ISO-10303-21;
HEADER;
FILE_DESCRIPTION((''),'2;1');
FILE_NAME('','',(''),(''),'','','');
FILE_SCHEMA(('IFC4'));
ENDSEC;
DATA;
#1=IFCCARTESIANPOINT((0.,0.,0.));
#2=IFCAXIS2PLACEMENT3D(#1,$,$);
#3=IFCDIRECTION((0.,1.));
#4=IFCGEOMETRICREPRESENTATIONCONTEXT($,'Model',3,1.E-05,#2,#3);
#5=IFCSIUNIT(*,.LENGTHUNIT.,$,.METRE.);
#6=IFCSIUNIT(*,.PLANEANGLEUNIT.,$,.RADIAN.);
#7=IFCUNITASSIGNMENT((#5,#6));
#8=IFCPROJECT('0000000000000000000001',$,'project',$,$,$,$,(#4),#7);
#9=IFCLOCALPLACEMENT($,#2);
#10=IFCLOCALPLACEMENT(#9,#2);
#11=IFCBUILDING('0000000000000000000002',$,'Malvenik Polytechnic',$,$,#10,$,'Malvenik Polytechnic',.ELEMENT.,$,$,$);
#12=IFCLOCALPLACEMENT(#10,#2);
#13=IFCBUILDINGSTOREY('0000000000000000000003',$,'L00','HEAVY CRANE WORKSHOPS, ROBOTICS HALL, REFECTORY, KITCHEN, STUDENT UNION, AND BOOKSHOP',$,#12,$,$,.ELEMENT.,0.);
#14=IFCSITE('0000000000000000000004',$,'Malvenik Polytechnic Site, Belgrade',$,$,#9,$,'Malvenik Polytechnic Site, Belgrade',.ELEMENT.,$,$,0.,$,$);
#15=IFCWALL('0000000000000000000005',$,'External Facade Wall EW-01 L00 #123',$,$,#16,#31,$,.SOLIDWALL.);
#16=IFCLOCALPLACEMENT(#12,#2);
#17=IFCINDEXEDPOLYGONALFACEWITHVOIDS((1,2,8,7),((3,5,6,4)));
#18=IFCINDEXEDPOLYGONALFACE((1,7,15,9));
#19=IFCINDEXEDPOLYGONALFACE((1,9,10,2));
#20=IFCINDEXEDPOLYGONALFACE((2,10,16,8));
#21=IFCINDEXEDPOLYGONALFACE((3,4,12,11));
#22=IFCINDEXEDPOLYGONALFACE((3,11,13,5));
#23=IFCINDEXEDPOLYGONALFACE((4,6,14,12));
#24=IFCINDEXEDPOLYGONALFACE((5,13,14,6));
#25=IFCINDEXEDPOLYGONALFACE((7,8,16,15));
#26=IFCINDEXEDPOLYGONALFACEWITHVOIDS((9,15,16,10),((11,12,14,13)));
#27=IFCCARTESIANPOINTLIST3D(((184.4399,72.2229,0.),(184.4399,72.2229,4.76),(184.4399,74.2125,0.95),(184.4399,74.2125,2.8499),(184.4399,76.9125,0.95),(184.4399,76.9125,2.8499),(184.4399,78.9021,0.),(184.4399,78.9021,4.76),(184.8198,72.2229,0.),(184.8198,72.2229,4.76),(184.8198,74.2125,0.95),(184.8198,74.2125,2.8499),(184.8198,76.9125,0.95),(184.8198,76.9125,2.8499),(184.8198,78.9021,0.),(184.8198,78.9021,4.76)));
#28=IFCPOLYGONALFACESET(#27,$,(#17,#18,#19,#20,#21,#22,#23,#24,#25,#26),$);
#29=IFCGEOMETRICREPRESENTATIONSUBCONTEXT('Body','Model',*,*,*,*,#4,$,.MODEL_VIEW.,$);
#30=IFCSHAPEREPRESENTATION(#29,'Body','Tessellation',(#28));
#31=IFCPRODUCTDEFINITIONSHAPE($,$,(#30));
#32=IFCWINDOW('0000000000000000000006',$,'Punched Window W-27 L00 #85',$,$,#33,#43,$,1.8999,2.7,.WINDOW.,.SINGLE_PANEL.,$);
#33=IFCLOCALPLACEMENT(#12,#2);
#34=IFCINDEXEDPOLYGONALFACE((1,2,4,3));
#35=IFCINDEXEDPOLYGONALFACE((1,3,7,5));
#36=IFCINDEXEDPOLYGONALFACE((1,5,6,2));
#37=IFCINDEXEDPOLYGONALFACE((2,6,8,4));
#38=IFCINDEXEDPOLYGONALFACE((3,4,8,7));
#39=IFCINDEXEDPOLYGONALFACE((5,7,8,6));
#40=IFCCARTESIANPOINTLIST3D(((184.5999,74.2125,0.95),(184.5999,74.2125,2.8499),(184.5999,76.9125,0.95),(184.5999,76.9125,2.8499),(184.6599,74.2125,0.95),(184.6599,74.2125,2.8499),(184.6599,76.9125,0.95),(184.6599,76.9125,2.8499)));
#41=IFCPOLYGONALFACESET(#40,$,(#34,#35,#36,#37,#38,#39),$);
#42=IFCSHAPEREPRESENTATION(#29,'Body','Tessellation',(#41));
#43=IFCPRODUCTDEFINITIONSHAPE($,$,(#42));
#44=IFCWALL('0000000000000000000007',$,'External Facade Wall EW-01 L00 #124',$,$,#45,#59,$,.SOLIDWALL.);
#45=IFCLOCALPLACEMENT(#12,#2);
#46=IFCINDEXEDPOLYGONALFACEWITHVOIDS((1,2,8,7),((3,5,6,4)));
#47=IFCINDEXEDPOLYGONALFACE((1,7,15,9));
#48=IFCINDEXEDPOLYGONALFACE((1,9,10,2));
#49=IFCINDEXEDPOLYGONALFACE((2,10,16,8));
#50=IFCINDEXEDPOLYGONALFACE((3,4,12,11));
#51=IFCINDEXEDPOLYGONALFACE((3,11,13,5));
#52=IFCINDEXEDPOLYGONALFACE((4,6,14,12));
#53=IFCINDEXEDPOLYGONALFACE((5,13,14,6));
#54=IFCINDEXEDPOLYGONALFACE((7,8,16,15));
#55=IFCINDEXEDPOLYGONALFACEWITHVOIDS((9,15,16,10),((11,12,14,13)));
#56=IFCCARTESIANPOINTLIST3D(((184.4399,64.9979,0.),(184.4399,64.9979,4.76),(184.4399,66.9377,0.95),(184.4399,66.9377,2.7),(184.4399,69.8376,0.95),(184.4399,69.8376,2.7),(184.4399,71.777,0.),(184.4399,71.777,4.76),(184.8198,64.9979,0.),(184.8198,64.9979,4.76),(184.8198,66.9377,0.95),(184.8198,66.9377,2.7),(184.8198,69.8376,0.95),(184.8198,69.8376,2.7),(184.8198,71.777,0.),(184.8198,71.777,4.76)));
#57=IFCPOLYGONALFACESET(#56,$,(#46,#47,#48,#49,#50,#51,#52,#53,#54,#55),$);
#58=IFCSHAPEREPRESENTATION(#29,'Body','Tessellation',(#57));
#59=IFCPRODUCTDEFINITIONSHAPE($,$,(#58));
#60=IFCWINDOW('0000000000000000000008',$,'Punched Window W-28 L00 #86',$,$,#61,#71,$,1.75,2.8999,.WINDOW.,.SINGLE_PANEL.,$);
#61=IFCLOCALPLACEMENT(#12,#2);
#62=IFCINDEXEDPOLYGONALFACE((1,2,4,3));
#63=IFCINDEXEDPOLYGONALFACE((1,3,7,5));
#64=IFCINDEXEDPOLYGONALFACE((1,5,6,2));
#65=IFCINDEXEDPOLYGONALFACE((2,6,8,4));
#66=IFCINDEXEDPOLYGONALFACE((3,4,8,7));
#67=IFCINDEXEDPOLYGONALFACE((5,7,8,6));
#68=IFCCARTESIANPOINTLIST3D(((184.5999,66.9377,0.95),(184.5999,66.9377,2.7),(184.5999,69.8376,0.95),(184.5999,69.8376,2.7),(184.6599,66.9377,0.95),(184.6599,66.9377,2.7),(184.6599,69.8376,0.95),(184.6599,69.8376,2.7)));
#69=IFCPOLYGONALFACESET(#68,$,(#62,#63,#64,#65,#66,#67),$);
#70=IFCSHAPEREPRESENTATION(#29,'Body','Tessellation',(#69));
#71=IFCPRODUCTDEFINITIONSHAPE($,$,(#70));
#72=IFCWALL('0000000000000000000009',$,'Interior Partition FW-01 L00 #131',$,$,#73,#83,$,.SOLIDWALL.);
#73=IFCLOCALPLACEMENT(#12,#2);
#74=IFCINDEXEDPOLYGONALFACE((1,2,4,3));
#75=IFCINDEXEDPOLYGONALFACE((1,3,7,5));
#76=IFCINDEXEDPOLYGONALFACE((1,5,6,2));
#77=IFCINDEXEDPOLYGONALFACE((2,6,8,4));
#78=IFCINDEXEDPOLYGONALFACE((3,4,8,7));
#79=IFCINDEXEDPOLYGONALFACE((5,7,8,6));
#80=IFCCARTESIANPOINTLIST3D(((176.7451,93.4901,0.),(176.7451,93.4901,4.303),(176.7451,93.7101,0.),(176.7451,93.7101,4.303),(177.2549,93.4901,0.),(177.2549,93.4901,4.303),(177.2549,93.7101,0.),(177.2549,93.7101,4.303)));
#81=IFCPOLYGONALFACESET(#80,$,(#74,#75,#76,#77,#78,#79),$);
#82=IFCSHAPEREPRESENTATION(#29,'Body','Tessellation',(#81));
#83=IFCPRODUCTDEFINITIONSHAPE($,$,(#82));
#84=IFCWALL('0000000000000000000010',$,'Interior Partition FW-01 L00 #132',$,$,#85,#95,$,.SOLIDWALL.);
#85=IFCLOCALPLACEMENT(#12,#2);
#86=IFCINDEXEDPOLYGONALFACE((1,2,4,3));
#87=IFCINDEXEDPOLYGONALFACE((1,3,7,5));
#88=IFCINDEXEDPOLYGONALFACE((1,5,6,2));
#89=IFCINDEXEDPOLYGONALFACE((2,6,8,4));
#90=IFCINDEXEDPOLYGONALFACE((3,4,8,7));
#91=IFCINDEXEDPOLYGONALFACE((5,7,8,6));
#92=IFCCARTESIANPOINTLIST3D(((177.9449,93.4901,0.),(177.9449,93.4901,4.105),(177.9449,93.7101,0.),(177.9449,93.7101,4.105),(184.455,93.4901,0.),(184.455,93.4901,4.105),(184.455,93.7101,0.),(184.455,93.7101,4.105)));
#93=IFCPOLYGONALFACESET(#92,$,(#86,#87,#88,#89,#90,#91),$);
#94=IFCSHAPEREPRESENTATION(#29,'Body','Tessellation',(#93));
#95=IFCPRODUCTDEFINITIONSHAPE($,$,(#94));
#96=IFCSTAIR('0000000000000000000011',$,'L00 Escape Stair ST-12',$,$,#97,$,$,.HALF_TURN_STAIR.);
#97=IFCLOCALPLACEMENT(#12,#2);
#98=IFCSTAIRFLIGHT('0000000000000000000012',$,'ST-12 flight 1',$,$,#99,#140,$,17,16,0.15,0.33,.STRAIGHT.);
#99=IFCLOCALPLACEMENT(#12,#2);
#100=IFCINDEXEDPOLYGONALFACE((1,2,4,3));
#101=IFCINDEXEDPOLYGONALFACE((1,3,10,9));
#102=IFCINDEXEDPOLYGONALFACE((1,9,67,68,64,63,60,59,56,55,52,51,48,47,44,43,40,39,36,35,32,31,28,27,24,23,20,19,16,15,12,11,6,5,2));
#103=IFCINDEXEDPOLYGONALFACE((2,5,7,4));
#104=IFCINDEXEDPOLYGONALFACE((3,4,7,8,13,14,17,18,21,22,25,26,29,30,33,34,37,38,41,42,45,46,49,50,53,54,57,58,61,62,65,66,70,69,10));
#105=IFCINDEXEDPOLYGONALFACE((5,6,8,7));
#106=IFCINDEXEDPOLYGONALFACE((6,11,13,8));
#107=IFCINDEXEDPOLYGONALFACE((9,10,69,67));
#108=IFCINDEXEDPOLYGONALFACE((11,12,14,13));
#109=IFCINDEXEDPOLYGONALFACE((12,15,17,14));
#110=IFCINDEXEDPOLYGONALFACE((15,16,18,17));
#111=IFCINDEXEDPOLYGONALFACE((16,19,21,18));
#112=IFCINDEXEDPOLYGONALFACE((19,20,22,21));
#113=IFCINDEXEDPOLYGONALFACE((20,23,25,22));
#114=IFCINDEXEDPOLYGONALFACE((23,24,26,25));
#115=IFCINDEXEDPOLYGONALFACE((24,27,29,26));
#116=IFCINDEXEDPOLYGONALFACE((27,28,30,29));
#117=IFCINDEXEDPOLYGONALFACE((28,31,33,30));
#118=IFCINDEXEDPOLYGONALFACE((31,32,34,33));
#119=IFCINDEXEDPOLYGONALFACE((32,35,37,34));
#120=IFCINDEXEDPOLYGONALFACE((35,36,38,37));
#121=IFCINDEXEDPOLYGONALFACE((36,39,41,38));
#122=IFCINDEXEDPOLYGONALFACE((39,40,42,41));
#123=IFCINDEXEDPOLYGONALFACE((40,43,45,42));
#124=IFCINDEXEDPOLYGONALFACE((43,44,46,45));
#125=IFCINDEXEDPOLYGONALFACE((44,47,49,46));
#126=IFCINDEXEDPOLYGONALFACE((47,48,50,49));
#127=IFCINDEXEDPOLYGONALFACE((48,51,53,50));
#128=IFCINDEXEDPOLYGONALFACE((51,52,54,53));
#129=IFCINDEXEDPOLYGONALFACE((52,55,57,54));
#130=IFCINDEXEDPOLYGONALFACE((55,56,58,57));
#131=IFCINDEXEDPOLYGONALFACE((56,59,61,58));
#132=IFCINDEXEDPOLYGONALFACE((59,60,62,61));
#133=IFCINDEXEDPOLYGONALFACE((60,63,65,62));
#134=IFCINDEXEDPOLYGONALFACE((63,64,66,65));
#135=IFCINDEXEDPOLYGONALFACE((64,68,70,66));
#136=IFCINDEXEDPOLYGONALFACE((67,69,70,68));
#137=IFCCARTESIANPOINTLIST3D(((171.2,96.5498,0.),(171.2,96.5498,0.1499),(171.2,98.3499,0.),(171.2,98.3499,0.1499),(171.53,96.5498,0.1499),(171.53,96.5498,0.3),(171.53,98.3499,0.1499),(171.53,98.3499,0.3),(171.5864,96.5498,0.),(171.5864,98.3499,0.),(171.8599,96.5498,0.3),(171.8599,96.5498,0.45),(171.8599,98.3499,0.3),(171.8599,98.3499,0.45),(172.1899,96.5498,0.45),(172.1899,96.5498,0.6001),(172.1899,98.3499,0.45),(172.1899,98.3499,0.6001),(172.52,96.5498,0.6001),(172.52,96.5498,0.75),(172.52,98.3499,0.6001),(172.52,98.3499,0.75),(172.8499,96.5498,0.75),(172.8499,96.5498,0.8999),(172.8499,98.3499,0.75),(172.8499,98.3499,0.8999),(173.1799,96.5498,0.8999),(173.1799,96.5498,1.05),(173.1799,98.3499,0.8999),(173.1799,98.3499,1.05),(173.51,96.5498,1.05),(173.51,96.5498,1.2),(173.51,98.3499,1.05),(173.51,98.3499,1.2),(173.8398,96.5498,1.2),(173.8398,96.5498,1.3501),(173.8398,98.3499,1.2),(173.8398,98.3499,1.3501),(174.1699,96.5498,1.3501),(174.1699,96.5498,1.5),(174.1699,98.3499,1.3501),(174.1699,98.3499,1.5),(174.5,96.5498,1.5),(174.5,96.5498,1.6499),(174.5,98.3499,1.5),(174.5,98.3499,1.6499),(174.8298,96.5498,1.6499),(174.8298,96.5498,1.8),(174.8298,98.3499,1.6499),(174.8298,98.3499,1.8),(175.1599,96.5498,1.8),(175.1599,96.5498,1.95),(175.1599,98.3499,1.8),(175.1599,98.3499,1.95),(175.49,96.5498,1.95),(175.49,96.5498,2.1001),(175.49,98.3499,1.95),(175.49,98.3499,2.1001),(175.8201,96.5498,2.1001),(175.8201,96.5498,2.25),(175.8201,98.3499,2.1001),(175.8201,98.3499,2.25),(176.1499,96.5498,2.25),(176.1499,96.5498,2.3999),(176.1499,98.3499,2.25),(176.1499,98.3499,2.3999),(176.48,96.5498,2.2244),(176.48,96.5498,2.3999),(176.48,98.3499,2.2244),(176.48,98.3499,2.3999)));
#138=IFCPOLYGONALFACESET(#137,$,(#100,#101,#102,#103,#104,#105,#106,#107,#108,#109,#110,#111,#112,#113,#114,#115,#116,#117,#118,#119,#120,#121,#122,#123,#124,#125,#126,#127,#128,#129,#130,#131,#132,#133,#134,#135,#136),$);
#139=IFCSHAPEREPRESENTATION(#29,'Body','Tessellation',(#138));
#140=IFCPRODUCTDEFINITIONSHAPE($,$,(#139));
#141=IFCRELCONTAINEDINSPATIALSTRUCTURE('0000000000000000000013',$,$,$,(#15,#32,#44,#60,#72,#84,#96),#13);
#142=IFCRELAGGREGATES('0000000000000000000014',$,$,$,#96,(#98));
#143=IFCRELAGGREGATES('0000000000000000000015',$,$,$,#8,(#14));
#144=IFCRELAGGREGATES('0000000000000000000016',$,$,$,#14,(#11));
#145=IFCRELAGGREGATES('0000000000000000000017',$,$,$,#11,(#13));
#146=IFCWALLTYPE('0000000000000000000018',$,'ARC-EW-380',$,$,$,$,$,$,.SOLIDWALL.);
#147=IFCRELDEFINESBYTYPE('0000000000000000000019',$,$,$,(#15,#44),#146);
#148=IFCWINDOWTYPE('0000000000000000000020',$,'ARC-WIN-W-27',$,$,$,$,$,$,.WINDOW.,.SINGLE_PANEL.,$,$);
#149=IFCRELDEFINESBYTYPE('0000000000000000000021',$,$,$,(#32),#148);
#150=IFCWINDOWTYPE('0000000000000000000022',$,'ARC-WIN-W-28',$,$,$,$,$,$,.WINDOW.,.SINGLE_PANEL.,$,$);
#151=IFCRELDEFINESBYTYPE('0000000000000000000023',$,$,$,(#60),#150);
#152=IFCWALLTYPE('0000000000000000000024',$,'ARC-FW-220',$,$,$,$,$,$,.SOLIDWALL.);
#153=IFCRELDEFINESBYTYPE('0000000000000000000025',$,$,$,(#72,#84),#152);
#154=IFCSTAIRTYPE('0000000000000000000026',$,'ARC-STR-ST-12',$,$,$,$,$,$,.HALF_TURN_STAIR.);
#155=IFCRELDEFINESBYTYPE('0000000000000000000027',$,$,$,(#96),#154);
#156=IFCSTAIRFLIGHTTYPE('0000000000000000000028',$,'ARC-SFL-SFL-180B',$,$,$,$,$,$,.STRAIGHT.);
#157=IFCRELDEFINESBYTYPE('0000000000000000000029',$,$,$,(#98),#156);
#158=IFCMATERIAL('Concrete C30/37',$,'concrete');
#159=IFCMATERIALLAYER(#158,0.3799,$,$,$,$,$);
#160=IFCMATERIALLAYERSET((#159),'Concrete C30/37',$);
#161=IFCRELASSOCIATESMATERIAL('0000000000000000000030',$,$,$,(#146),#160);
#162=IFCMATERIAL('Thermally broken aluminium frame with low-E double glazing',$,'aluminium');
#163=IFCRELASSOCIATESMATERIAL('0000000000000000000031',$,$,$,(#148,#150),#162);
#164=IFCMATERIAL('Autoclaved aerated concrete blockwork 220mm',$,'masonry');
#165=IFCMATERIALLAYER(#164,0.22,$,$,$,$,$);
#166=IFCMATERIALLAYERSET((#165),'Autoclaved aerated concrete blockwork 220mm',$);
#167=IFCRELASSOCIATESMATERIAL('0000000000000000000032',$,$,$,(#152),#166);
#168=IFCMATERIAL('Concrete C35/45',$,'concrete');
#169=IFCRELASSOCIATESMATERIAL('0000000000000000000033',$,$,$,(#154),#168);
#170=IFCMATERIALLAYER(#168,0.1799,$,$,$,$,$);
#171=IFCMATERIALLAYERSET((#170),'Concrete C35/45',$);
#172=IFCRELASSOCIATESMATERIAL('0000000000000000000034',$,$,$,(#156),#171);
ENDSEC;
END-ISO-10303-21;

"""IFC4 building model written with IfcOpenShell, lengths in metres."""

from ifc_helpers import new_model, si_unit, direction, frame, frame_2d, origin, place, context, subcontext, project, spatial, polyline, rectangle, outline, extrude, material, layer, layer_set, type_object, element, fill, aggregate, save


model = new_model("IFC4")

# Units and contexts
model_context = context("Model", 3, precision=1e-05, world=origin(), true_north=direction((0.0, 1.0)))
body_context = subcontext(model_context, "Body", "Model", "MODEL_VIEW")
ifc_project = project(units=[si_unit("LENGTHUNIT", "METRE"), si_unit("PLANEANGLEUNIT", "RADIAN")], contexts=[model_context])

# Site, building, storey
site_placement = place(None, origin())
site = spatial("IfcSite", under=ifc_project, at=site_placement, Name="Malvenik Polytechnic Site, Belgrade", LongName="Malvenik Polytechnic Site, Belgrade", CompositionType="ELEMENT", RefElevation=0.0)
building_placement = place(site_placement, origin())
building = spatial("IfcBuilding", under=site, at=building_placement, Name="Malvenik Polytechnic", LongName="Malvenik Polytechnic", CompositionType="ELEMENT")
storey_placement = place(building_placement, origin())
storey = spatial("IfcBuildingStorey", under=building, at=storey_placement, Name="L00", Description="HEAVY CRANE WORKSHOPS, ROBOTICS HALL, REFECTORY, KITCHEN, STUDENT UNION, AND BOOKSHOP", CompositionType="ELEMENT", Elevation=0.0)

# Shared definitions
ifc_material_1 = material(Name="Concrete C35/45", Category="concrete")
ifc_material_2 = material(Name="Concrete C30/37", Category="concrete")

# Walls, openings, windows
ifc_layer_1 = layer(ifc_material_2, 0.3799)
ifc_layer_set_1 = layer_set([ifc_layer_1], Name="Concrete C30/37")
wall_type_1 = type_object("IfcWallType", Name="ARC-EW-380", PredefinedType="SOLIDWALL", material=ifc_layer_set_1)
ifc_material_3 = material(Name="Thermally broken aluminium frame with low-E double glazing", Category="aluminium")
wall_1_placement = place(storey_placement, frame((184.6299, 78.9021, 0.0), z_axis=(0.0, 0.0, 1.0), x_axis=(0.0, -1.0, 0.0)))
wall_1 = element("IfcWall", 1, at=wall_1_placement, inside=storey, type_object=wall_type_1, Name="External Facade Wall EW-01 L00 #123", PredefinedType="SOLIDWALL", context=body_context, shape_type="SweptSolid", body=[
    extrude(rectangle(XDim=6.6792, YDim=0.3799, at=frame_2d((3.3396, 0.0))), origin(), (0.0, 0.0, 1.0), 4.76),
])
opening_1_placement = place(wall_1_placement, frame((1.9895, 0.0, 0.95)))
opening_1 = element("IfcOpeningElement", 2, at=opening_1_placement, cuts=wall_1, PredefinedType="OPENING", context=body_context, shape_type="SweptSolid", body=[
    extrude(rectangle(XDim=2.7, YDim=1.8999, at=frame_2d((1.3501, 0.95))), frame((0.0, 0.2, 0.0), z_axis=(0.0, -1.0, 0.0), x_axis=(1.0, 0.0, 0.0)), (0.0, 0.0, 1.0), 0.3999),
])
window_type_1 = type_object("IfcWindowType", Name="ARC-WIN-W-27", PartitioningType="SINGLE_PANEL", PredefinedType="WINDOW", material=ifc_material_3)
window_1_placement = place(opening_1_placement, origin())
window_1 = element("IfcWindow", 3, at=window_1_placement, inside=storey, type_object=window_type_1, Name="Punched Window W-27 L00 #85", OverallHeight=1.8999, OverallWidth=2.7, PartitioningType="SINGLE_PANEL", PredefinedType="WINDOW", context=body_context, shape_type="SweptSolid", body=[
    extrude(rectangle(XDim=2.7, YDim=1.8999, at=frame_2d((1.3501, 0.95))), frame((0.0, 0.03, 0.0), z_axis=(0.0, -1.0, 0.0), x_axis=(1.0, 0.0, 0.0)), (0.0, 0.0, 1.0), 0.0601),
])
fill(opening_1, window_1)
wall_2_placement = place(storey_placement, frame((184.6299, 71.7771, 0.0), z_axis=(0.0, 0.0, 1.0), x_axis=(0.0, -1.0, 0.0)))
wall_2 = element("IfcWall", 4, at=wall_2_placement, inside=storey, type_object=wall_type_1, Name="External Facade Wall EW-01 L00 #124", PredefinedType="SOLIDWALL", context=body_context, shape_type="SweptSolid", body=[
    extrude(rectangle(XDim=6.7791, YDim=0.3799, at=frame_2d((3.3896, 0.0))), origin(), (0.0, 0.0, 1.0), 4.76),
])
opening_2_placement = place(wall_2_placement, frame((1.9395, 0.0, 0.95)))
opening_2 = element("IfcOpeningElement", 5, at=opening_2_placement, cuts=wall_2, PredefinedType="OPENING", context=body_context, shape_type="SweptSolid", body=[
    extrude(rectangle(XDim=2.8999, YDim=1.75, at=frame_2d((1.45, 0.875))), frame((0.0, 0.2, 0.0), z_axis=(0.0, -1.0, 0.0), x_axis=(1.0, 0.0, 0.0)), (0.0, 0.0, 1.0), 0.3999),
])
window_type_2 = type_object("IfcWindowType", Name="ARC-WIN-W-28", PartitioningType="SINGLE_PANEL", PredefinedType="WINDOW", material=ifc_material_3)
window_2_placement = place(opening_2_placement, origin())
window_2 = element("IfcWindow", 6, at=window_2_placement, inside=storey, type_object=window_type_2, Name="Punched Window W-28 L00 #86", OverallHeight=1.75, OverallWidth=2.8999, PartitioningType="SINGLE_PANEL", PredefinedType="WINDOW", context=body_context, shape_type="SweptSolid", body=[
    extrude(rectangle(XDim=2.8999, YDim=1.75, at=frame_2d((1.45, 0.875))), frame((0.0, 0.03, 0.0), z_axis=(0.0, -1.0, 0.0), x_axis=(1.0, 0.0, 0.0)), (0.0, 0.0, 1.0), 0.0601),
])
fill(opening_2, window_2)

# Walls
ifc_material_4 = material(Name="Autoclaved aerated concrete blockwork 220mm", Category="masonry")
ifc_layer_2 = layer(ifc_material_4, 0.22)
ifc_layer_set_2 = layer_set([ifc_layer_2], Name="Autoclaved aerated concrete blockwork 220mm")
wall_type_2 = type_object("IfcWallType", Name="ARC-FW-220", PredefinedType="SOLIDWALL", material=ifc_layer_set_2)
wall_3_placement = place(storey_placement, frame((176.7451, 93.6001, 0.0), z_axis=(0.0, 0.0, 1.0), x_axis=(1.0, 0.0, 0.0)))
element("IfcWall", 7, at=wall_3_placement, inside=storey, type_object=wall_type_2, Name="Interior Partition FW-01 L00 #131", PredefinedType="SOLIDWALL", context=body_context, shape_type="SweptSolid", body=[
    extrude(rectangle(XDim=0.5098, YDim=0.22, at=frame_2d((0.2549, 0.0))), origin(), (0.0, 0.0, 1.0), 4.303),
])
wall_4_placement = place(storey_placement, frame((177.9451, 93.6001, 0.0), z_axis=(0.0, 0.0, 1.0), x_axis=(1.0, 0.0, 0.0)))
element("IfcWall", 8, at=wall_4_placement, inside=storey, type_object=wall_type_2, Name="Interior Partition FW-01 L00 #132", PredefinedType="SOLIDWALL", context=body_context, shape_type="SweptSolid", body=[
    extrude(rectangle(XDim=6.51, YDim=0.22, at=frame_2d((3.2549, 0.0))), origin(), (0.0, 0.0, 1.0), 4.105),
])

# Stair, stair flight
stair_type = type_object("IfcStairType", Name="ARC-STR-ST-12", PredefinedType="HALF_TURN_STAIR", material=ifc_material_1)
stair_placement = place(storey_placement, origin())
stair = element("IfcStair", 9, at=stair_placement, inside=storey, type_object=stair_type, Name="L00 Escape Stair ST-12", PredefinedType="HALF_TURN_STAIR")
ifc_layer_3 = layer(ifc_material_1, 0.1799)
ifc_layer_set_3 = layer_set([ifc_layer_3], Name="Concrete C35/45")
stair_flight_type = type_object("IfcStairFlightType", Name="ARC-SFL-SFL-180B", PredefinedType="STRAIGHT", material=ifc_layer_set_3)
stair_flight_placement = place(storey_placement, frame((171.2, 97.45, 0.0), z_axis=(0.0, 0.0, 1.0), x_axis=(1.0, 0.0, 0.0)))
stair_flight = element("IfcStairFlight", 10, at=stair_flight_placement, type_object=stair_flight_type, Name="ST-12 flight 1", NumberOfRisers=17, NumberOfTreads=16, PredefinedType="STRAIGHT", RiserHeight=0.15, TreadLength=0.33, context=body_context, shape_type="SweptSolid", body=[
    extrude(outline(polyline([(0.0, 0.0), (0.0, 0.1499), (0.3301, 0.1499), (0.3301, 0.3), (0.6599, 0.3), (0.6599, 0.45), (0.99, 0.45), (0.99, 0.6001), (1.3201, 0.6001), (1.3201, 0.75), (1.6499, 0.75), (1.6499, 0.8999), (1.98, 0.8999), (1.98, 1.05), (2.3101, 1.05), (2.3101, 1.2), (2.6399, 1.2), (2.6399, 1.3501), (2.97, 1.3501), (2.97, 1.5), (3.3, 1.5), (3.3, 1.6499), (3.6299, 1.6499), (3.6299, 1.8), (3.96, 1.8), (3.96, 1.95), (4.29, 1.95), (4.29, 2.1001), (4.6201, 2.1001), (4.6201, 2.25), (4.95, 2.25), (4.95, 2.3999), (5.28, 2.3999), (5.28, 2.55), (5.28, 2.2244), (0.3865, 0.0), (0.0, 0.0)])), frame((0.0, 0.8999, 0.0), z_axis=(0.0, -1.0, 0.0), x_axis=(1.0, 0.0, 0.0)), (0.0, 0.0, 1.0), 1.8),
])
aggregate(stair, [stair_flight])

save(model, "model.ifc")
